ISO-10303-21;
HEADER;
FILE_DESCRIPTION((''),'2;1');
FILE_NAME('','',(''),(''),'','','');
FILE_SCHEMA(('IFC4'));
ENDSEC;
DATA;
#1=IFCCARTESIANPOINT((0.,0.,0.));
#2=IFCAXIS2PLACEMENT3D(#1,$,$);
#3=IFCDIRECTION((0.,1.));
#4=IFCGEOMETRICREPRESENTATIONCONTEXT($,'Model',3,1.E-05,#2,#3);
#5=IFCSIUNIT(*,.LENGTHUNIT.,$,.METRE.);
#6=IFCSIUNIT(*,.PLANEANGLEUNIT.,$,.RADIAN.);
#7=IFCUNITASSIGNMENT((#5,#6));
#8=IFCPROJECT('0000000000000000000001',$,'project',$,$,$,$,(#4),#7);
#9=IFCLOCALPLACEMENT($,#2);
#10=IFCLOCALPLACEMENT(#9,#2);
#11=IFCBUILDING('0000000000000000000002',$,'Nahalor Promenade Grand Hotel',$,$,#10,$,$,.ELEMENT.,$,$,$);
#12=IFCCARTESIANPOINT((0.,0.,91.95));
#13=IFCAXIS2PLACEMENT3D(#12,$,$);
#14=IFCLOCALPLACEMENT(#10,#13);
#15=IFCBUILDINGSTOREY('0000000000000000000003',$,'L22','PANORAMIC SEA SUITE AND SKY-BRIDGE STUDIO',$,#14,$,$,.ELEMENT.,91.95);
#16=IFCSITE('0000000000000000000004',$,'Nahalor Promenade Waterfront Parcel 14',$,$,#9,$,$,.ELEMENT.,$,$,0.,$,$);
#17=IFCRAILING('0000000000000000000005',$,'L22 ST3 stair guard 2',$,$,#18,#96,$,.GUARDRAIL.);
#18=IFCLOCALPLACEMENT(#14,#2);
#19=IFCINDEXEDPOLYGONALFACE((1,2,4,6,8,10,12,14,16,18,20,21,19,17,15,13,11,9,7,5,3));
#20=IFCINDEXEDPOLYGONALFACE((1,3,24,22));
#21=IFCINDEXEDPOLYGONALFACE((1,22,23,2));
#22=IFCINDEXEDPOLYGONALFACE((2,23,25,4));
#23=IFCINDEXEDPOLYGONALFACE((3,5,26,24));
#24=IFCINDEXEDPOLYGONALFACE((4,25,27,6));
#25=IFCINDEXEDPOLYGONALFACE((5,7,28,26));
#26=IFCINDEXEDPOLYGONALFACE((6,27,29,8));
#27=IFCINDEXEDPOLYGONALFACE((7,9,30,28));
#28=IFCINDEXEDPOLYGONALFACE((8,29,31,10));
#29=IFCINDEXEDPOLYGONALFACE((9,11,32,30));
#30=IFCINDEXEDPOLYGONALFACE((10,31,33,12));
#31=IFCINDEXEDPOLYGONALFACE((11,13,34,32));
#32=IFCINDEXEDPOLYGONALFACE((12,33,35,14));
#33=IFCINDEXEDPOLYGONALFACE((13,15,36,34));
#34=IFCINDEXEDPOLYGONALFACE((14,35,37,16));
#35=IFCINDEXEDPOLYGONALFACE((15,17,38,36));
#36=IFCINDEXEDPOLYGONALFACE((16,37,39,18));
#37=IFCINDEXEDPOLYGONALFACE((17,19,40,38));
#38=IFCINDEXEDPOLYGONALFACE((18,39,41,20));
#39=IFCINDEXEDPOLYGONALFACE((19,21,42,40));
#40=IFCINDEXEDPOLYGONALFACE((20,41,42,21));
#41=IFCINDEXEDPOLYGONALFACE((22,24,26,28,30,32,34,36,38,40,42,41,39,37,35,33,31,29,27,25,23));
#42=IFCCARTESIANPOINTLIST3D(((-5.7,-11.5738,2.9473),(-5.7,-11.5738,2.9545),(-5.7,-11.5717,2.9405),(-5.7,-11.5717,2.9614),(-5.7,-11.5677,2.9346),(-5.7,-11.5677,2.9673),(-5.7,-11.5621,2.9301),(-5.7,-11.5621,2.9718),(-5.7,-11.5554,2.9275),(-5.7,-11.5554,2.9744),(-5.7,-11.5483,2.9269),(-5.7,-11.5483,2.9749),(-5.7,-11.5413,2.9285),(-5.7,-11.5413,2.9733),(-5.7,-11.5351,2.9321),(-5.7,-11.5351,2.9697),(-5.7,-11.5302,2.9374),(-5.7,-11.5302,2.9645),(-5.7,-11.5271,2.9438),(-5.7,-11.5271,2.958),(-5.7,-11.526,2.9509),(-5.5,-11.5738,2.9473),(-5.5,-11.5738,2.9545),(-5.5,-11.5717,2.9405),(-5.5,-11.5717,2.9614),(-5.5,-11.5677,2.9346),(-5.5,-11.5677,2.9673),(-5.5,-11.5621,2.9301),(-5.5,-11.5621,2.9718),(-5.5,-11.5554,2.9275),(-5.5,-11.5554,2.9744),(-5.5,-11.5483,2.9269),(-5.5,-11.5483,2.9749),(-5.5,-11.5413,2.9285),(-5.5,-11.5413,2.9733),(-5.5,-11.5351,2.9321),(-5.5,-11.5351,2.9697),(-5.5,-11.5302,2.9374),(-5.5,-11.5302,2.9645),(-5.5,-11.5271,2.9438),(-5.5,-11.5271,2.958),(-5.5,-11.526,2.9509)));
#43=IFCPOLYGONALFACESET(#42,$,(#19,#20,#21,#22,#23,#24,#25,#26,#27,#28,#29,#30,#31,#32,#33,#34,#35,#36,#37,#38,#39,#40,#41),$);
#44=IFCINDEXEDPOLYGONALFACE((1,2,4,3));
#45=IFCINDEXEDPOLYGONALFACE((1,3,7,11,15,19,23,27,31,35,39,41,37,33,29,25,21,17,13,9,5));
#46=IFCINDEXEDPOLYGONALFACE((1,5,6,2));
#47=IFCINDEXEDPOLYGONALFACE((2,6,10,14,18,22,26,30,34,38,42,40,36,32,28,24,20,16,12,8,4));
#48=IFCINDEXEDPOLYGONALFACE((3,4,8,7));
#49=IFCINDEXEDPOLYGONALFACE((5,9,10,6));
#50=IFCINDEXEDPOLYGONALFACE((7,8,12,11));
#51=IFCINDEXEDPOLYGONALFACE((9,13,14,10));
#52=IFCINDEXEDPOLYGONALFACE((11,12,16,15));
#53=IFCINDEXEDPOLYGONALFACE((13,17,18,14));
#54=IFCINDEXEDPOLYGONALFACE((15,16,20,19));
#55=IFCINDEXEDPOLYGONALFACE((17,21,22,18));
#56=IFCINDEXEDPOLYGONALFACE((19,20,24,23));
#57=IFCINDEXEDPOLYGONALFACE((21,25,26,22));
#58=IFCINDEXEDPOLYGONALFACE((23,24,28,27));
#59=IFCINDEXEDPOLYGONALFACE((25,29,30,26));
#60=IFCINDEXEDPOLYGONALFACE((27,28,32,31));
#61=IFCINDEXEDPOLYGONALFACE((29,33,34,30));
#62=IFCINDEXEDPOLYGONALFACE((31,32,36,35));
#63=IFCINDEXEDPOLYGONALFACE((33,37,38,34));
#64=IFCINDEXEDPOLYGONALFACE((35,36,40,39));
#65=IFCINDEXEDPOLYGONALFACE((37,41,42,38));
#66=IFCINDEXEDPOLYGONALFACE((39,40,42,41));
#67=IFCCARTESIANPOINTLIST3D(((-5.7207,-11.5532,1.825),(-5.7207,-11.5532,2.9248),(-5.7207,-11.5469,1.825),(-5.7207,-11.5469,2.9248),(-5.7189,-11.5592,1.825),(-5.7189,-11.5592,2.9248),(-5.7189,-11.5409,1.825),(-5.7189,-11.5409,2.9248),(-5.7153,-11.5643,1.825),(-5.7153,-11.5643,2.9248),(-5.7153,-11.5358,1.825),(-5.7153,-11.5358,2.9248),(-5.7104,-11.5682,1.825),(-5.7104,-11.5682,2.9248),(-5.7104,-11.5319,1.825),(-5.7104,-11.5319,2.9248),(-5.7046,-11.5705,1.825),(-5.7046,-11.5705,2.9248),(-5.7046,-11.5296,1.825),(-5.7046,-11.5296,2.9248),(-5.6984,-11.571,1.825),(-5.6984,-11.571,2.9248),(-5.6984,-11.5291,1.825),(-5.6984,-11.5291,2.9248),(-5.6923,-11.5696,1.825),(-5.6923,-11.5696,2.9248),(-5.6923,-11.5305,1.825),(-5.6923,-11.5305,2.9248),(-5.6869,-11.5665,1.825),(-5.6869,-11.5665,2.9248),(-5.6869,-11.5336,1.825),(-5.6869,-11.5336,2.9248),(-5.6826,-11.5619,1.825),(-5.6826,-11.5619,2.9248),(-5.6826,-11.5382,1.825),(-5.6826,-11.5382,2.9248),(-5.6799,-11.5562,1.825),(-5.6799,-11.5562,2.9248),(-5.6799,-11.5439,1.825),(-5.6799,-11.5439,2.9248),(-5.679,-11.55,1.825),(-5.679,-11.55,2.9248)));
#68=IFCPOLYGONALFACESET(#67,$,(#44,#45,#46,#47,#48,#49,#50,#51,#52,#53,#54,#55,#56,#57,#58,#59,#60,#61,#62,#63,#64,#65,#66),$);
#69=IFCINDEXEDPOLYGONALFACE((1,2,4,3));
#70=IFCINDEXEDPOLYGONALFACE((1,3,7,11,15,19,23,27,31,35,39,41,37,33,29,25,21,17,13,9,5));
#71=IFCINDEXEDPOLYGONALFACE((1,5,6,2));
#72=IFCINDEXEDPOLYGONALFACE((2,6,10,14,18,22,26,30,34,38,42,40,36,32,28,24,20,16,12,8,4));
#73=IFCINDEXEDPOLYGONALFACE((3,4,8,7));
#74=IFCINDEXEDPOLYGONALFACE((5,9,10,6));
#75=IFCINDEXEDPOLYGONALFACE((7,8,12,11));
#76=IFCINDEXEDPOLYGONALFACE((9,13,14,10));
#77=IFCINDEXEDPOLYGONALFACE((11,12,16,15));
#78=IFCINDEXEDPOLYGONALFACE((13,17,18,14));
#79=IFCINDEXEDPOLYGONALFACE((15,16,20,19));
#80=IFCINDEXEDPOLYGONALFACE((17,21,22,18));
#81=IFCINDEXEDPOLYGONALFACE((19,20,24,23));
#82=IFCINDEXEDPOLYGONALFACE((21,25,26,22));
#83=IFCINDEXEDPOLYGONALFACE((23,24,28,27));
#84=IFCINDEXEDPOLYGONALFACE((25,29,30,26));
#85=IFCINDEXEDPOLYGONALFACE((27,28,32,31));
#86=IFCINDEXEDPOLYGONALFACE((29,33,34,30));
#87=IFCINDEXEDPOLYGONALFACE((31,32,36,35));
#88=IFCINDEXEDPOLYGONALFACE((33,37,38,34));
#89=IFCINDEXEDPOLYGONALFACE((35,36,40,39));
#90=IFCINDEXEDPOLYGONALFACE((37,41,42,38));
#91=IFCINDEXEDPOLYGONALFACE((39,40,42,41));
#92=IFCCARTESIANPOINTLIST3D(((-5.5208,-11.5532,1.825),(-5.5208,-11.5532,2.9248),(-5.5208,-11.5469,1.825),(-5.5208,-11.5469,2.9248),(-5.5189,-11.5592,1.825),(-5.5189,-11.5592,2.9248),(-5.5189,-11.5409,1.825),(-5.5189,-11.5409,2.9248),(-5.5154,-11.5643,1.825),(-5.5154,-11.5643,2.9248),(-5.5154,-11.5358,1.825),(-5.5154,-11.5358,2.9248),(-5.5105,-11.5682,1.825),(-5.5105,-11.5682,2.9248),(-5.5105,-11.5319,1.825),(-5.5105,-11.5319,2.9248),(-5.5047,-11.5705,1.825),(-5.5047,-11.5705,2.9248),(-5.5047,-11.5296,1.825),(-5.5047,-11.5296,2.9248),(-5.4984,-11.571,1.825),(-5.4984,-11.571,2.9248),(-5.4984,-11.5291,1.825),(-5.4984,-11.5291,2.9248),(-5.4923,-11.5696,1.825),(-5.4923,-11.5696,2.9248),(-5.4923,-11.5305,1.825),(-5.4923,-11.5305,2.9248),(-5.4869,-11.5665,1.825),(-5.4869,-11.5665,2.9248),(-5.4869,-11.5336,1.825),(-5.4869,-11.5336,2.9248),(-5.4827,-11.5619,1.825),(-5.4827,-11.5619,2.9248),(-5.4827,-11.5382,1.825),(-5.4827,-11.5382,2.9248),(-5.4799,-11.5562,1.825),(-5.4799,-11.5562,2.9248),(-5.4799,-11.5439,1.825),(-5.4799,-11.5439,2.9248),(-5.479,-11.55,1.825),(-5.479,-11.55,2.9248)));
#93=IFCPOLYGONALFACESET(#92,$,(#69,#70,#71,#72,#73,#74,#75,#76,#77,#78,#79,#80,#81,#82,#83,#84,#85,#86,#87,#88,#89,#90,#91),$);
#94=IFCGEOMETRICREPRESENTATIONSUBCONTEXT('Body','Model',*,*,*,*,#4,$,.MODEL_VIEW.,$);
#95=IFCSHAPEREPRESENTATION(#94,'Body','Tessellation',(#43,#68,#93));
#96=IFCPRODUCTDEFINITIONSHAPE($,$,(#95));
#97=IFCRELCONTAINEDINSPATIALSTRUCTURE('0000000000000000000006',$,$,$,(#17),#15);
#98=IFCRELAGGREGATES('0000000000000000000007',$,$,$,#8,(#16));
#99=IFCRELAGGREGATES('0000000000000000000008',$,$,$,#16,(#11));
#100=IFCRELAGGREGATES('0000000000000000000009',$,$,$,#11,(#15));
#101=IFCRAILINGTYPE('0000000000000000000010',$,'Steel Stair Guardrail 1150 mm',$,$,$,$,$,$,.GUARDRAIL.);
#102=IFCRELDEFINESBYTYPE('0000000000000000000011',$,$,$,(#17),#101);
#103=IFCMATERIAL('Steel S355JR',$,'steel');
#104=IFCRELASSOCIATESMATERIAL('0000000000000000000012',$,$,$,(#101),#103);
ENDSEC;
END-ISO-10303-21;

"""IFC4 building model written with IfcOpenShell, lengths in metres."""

from ifc_helpers import new_model, si_unit, direction, frame, origin, origin_2d, place, context, subcontext, project, spatial, circle, extrude, material, type_object, element, save


model = new_model("IFC4")

# Units and contexts
model_context = context("Model", 3, precision=1e-05, world=origin(), true_north=direction((0.0, 1.0)))
body_context = subcontext(model_context, "Body", "Model", "MODEL_VIEW")
ifc_project = project(units=[si_unit("LENGTHUNIT", "METRE"), si_unit("PLANEANGLEUNIT", "RADIAN")], contexts=[model_context])

# Site, building, storey
site_placement = place(None, origin())
site = spatial("IfcSite", under=ifc_project, at=site_placement, Name="Nahalor Promenade Waterfront Parcel 14", CompositionType="ELEMENT", RefElevation=0.0)
building_placement = place(site_placement, origin())
building = spatial("IfcBuilding", under=site, at=building_placement, Name="Nahalor Promenade Grand Hotel", CompositionType="ELEMENT")
storey_placement = place(building_placement, frame((0.0, 0.0, 91.95)))
storey = spatial("IfcBuildingStorey", under=building, at=storey_placement, Name="L22", Description="PANORAMIC SEA SUITE AND SKY-BRIDGE STUDIO", CompositionType="ELEMENT", Elevation=91.95)

# Shared definitions
ifc_material_1 = material(Name="Steel S355JR", Category="steel")

# Railing
railing_type_1 = type_object("IfcRailingType", Name="Steel Stair Guardrail 1150 mm", PredefinedType="GUARDRAIL", material=ifc_material_1)
railing_1_placement = place(storey_placement, frame((-5.7, -11.55, 1.825)))
element("IfcRailing", 1, at=railing_1_placement, inside=storey, type_object=railing_type_1, Name="L22 ST3 stair guard 2", PredefinedType="GUARDRAIL", context=body_context, shape_type="SweptSolid", body=[
    extrude(circle(Radius=0.024, at=origin_2d()), frame((0.0, 0.0, 1.126), z_axis=(1.0, 0.0, 0.0), x_axis=(0.0, 1.0, 0.0)), (0.0, 0.0, 1.0), 0.2),
    extrude(circle(Radius=0.021, at=origin_2d()), origin(), (0.0, 0.0, 1.0), 1.0999),
    extrude(circle(Radius=0.021, at=origin_2d()), frame((0.2, 0.0, 0.0)), (0.0, 0.0, 1.0), 1.0999),
])

save(model, "model.ifc")
